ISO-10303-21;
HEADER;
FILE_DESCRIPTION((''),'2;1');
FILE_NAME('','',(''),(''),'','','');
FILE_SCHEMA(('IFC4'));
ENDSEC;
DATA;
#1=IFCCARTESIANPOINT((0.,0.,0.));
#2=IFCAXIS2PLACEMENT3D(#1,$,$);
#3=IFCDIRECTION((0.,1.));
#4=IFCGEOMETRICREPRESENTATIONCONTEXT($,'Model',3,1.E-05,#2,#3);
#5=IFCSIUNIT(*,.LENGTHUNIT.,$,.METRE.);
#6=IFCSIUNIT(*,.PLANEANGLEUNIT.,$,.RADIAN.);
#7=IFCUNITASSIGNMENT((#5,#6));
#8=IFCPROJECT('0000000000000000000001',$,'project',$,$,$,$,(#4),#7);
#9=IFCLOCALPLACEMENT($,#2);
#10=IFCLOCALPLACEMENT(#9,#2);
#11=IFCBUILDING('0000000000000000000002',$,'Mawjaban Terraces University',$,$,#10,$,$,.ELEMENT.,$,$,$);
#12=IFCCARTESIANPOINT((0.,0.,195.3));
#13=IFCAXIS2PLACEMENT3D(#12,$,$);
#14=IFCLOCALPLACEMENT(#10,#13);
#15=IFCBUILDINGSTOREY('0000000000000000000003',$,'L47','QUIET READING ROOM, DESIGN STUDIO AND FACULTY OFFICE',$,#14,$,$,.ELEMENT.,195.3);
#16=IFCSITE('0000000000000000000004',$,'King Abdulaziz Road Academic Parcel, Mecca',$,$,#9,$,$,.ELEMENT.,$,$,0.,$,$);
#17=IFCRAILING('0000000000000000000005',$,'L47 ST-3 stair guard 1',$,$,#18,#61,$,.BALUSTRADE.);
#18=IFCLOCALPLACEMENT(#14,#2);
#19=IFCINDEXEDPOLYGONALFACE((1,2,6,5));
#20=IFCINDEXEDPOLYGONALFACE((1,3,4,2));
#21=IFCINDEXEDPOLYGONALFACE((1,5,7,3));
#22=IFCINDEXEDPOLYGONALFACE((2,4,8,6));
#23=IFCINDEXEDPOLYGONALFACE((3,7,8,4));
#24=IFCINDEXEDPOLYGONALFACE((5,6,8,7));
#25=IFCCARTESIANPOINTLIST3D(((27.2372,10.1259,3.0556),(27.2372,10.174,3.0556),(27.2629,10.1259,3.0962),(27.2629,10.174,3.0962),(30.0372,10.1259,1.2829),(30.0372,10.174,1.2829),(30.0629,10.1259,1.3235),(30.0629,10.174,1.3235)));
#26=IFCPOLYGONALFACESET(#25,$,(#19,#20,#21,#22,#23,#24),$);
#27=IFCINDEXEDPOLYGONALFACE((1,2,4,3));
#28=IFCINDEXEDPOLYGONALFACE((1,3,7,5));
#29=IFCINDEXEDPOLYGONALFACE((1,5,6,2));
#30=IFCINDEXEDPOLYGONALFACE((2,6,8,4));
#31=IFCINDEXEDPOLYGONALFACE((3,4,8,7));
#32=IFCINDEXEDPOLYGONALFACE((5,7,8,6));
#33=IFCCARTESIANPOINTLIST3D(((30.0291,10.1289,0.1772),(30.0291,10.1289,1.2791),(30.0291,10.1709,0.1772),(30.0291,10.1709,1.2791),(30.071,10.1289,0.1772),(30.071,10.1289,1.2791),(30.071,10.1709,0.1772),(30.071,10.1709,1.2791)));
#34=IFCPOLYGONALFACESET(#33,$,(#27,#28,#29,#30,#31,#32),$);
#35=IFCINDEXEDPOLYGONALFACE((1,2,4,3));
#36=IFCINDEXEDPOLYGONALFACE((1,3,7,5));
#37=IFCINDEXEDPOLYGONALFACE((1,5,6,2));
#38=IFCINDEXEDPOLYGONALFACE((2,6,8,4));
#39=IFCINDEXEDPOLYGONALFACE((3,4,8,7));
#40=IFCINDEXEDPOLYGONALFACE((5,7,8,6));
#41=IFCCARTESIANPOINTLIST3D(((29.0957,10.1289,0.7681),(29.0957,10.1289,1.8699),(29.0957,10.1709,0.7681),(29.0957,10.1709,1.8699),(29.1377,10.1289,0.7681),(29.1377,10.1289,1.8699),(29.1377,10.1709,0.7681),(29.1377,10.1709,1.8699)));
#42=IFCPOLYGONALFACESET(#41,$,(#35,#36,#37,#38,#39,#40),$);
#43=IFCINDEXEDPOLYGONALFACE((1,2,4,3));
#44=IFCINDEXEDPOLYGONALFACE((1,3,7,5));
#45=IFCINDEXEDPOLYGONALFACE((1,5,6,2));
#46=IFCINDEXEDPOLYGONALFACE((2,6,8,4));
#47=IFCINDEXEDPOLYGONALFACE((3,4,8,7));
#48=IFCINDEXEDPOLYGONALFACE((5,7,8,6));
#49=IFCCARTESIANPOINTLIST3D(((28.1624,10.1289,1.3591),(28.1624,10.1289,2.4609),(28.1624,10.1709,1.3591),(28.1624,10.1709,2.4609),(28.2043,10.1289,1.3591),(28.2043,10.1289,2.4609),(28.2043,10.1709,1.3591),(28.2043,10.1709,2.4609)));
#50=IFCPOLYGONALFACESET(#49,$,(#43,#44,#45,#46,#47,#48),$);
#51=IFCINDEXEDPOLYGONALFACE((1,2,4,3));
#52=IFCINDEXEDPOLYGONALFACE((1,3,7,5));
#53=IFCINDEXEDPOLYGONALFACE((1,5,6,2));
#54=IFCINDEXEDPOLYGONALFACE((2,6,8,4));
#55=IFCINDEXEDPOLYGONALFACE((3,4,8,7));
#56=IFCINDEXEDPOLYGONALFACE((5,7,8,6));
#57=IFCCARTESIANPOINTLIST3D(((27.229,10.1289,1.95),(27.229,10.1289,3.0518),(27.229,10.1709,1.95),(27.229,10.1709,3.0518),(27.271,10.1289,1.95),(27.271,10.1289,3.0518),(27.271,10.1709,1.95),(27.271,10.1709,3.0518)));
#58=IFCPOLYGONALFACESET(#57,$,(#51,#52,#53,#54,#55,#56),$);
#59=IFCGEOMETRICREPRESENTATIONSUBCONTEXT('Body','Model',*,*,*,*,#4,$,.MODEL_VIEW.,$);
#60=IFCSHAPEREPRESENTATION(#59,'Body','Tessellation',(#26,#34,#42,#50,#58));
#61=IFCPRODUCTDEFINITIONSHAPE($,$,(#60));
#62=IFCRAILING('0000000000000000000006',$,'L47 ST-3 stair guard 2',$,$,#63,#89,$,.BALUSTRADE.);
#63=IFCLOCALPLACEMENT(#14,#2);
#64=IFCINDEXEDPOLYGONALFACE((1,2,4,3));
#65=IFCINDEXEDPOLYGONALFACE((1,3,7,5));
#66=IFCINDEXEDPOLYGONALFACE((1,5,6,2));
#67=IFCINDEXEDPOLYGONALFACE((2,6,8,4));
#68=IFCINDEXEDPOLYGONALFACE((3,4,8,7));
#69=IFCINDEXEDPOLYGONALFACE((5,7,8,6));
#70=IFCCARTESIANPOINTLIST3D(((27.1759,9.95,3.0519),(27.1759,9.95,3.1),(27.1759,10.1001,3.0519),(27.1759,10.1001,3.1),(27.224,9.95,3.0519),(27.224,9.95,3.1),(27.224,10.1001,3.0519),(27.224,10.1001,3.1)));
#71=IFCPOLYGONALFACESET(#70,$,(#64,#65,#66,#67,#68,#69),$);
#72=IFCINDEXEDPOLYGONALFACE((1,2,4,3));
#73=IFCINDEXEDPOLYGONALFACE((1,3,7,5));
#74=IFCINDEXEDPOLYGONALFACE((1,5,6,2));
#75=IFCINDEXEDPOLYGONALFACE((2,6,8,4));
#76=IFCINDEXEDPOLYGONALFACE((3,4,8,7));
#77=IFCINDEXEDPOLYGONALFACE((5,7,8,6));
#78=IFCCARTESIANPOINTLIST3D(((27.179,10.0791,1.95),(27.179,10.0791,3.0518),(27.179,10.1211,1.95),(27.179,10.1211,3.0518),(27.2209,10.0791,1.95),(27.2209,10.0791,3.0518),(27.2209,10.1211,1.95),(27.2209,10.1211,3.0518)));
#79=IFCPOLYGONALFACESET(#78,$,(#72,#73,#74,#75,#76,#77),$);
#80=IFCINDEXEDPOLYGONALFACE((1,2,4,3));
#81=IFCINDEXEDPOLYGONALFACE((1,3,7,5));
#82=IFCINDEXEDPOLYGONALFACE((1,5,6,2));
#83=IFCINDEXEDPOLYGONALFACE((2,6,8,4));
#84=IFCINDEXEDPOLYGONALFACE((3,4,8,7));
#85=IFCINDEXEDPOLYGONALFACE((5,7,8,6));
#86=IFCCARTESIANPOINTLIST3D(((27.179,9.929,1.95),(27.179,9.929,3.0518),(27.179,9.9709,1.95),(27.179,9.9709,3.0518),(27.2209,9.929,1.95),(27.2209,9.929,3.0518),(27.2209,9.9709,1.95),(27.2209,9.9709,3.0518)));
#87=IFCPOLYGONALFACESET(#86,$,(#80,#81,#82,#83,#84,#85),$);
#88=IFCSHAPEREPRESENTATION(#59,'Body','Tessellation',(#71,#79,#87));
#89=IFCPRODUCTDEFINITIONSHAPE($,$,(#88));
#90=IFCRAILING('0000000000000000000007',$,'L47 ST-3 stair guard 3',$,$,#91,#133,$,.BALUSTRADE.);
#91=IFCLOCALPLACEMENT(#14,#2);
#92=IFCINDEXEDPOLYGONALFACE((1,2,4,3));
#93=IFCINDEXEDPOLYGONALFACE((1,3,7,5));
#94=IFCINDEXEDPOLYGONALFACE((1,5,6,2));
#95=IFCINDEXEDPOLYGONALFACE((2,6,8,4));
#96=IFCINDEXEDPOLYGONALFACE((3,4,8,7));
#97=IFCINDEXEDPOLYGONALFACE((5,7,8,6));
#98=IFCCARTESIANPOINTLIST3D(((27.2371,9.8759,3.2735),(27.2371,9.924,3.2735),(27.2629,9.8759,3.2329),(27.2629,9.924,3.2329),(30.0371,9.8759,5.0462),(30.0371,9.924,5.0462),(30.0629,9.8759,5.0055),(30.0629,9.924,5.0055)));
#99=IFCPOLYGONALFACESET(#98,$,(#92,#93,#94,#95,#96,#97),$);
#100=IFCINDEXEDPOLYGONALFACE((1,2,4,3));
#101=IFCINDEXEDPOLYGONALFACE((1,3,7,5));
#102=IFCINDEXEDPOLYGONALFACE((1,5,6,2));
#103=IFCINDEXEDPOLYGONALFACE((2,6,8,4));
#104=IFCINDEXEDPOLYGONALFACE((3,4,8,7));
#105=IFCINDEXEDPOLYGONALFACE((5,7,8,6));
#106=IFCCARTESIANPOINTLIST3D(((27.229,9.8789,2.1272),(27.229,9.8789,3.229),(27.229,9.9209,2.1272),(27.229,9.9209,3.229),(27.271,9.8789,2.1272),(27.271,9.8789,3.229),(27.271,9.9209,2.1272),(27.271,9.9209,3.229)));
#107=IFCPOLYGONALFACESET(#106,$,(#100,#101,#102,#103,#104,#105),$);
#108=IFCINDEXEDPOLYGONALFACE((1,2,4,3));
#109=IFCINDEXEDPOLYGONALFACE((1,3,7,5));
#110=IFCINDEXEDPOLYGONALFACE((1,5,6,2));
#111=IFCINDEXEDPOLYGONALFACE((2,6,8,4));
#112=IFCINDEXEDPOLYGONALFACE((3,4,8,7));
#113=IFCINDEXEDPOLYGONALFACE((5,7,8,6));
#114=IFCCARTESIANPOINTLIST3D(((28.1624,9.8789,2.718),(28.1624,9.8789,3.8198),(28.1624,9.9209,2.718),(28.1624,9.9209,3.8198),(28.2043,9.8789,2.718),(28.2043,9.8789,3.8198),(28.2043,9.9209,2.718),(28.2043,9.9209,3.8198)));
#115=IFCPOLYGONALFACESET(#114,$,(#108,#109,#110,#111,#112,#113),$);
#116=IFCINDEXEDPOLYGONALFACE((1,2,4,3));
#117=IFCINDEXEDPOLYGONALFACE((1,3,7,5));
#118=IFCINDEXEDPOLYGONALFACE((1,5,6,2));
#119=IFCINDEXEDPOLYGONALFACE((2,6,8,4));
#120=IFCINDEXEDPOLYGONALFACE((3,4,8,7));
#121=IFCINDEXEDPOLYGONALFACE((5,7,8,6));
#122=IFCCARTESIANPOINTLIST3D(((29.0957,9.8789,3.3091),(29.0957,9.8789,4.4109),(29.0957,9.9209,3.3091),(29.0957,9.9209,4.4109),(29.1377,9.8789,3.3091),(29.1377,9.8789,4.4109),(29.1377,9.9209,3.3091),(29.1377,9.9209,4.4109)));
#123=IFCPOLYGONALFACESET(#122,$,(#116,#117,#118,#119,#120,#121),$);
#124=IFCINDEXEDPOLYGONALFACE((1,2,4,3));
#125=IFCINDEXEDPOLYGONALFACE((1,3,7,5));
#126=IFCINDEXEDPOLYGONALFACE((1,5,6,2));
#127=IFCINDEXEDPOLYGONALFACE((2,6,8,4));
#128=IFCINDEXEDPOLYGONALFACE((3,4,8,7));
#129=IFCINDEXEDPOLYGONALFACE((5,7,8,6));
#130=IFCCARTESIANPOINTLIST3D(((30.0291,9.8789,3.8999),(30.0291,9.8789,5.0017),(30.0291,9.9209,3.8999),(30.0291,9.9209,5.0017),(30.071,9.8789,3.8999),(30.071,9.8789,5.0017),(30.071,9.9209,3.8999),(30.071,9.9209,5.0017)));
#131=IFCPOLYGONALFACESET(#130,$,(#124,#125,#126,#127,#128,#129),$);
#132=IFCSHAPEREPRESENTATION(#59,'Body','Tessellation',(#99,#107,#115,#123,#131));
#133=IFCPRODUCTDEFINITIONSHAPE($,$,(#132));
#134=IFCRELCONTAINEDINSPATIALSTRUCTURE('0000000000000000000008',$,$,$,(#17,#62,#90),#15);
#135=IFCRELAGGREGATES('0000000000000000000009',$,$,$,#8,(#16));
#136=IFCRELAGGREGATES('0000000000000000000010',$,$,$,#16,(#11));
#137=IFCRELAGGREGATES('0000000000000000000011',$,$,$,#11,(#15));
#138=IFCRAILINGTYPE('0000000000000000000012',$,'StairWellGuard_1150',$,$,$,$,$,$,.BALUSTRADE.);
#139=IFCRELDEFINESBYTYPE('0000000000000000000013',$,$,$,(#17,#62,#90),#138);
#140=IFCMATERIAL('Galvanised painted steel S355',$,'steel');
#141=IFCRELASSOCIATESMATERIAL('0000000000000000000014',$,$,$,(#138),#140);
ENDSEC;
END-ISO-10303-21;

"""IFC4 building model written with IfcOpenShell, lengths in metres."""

from ifc_helpers import new_model, si_unit, direction, frame, origin, origin_2d, place, context, subcontext, project, spatial, rectangle, extrude, material, type_object, element, save


model = new_model("IFC4")

# Units and contexts
model_context = context("Model", 3, precision=1e-05, world=origin(), true_north=direction((0.0, 1.0)))
body_context = subcontext(model_context, "Body", "Model", "MODEL_VIEW")
ifc_project = project(units=[si_unit("LENGTHUNIT", "METRE"), si_unit("PLANEANGLEUNIT", "RADIAN")], contexts=[model_context])

# Site, building, storey
site_placement = place(None, origin())
site = spatial("IfcSite", under=ifc_project, at=site_placement, Name="King Abdulaziz Road Academic Parcel, Mecca", CompositionType="ELEMENT", RefElevation=0.0)
building_placement = place(site_placement, origin())
building = spatial("IfcBuilding", under=site, at=building_placement, Name="Mawjaban Terraces University", CompositionType="ELEMENT")
storey_placement = place(building_placement, frame((0.0, 0.0, 195.3)))
storey = spatial("IfcBuildingStorey", under=building, at=storey_placement, Name="L47", Description="QUIET READING ROOM, DESIGN STUDIO AND FACULTY OFFICE", CompositionType="ELEMENT", Elevation=195.3)

# Railings
ifc_material_1 = material(Name="Galvanised painted steel S355", Category="steel")
railing_type_1 = type_object("IfcRailingType", Name="StairWellGuard_1150", PredefinedType="BALUSTRADE", material=ifc_material_1)
railing_1_placement = place(storey_placement, frame((30.05, 10.1499, 0.1772)))
element("IfcRailing", 1, at=railing_1_placement, inside=storey, type_object=railing_type_1, Name="L47 ST-3 stair guard 1", PredefinedType="BALUSTRADE", context=body_context, shape_type="SweptSolid", body=[
    extrude(rectangle(XDim=0.0481, YDim=0.0481, at=origin_2d()), frame((0.0, 0.0, 1.126), z_axis=(-0.844909, 0.0, 0.53491), x_axis=(0.0, -1.0, 0.0)), (0.0, 0.0, 1.0), 3.314),
    extrude(rectangle(XDim=0.042, YDim=0.042, at=origin_2d()), origin(), (0.0, 0.0, 1.0), 1.1018),
    extrude(rectangle(XDim=0.042, YDim=0.042, at=origin_2d()), frame((-0.9333, 0.0, 0.5908)), (0.0, 0.0, 1.0), 1.1018),
    extrude(rectangle(XDim=0.042, YDim=0.042, at=origin_2d()), frame((-1.8667, 0.0, 1.1819)), (0.0, 0.0, 1.0), 1.1018),
    extrude(rectangle(XDim=0.042, YDim=0.042, at=origin_2d()), frame((-2.8, 0.0, 1.7727)), (0.0, 0.0, 1.0), 1.1018),
])
railing_2_placement = place(storey_placement, frame((27.2, 10.1001, 1.95)))
element("IfcRailing", 2, at=railing_2_placement, inside=storey, type_object=railing_type_1, Name="L47 ST-3 stair guard 2", PredefinedType="BALUSTRADE", context=body_context, shape_type="SweptSolid", body=[
    extrude(rectangle(XDim=0.0481, YDim=0.0481, at=origin_2d()), frame((0.0, 0.0, 1.126), z_axis=(0.0, -1.0, 0.0), x_axis=(1.0, 0.0, 0.0)), (0.0, 0.0, 1.0), 0.1501),
    extrude(rectangle(XDim=0.042, YDim=0.042, at=origin_2d()), origin(), (0.0, 0.0, 1.0), 1.1018),
    extrude(rectangle(XDim=0.042, YDim=0.042, at=origin_2d()), frame((0.0, -0.1501, 0.0)), (0.0, 0.0, 1.0), 1.1018),
])
railing_3_placement = place(storey_placement, frame((27.25, 9.8999, 2.1272)))
element("IfcRailing", 3, at=railing_3_placement, inside=storey, type_object=railing_type_1, Name="L47 ST-3 stair guard 3", PredefinedType="BALUSTRADE", context=body_context, shape_type="SweptSolid", body=[
    extrude(rectangle(XDim=0.0481, YDim=0.0481, at=origin_2d()), frame((0.0, 0.0, 1.126), z_axis=(0.844909, 0.0, 0.53491), x_axis=(0.0, 1.0, 0.0)), (0.0, 0.0, 1.0), 3.314),
    extrude(rectangle(XDim=0.042, YDim=0.042, at=origin_2d()), origin(), (0.0, 0.0, 1.0), 1.1018),
    extrude(rectangle(XDim=0.042, YDim=0.042, at=origin_2d()), frame((0.9333, 0.0, 0.5908)), (0.0, 0.0, 1.0), 1.1018),
    extrude(rectangle(XDim=0.042, YDim=0.042, at=origin_2d()), frame((1.8667, 0.0, 1.1819)), (0.0, 0.0, 1.0), 1.1018),
    extrude(rectangle(XDim=0.042, YDim=0.042, at=origin_2d()), frame((2.8, 0.0, 1.7727)), (0.0, 0.0, 1.0), 1.1018),
])

save(model, "model.ifc")
